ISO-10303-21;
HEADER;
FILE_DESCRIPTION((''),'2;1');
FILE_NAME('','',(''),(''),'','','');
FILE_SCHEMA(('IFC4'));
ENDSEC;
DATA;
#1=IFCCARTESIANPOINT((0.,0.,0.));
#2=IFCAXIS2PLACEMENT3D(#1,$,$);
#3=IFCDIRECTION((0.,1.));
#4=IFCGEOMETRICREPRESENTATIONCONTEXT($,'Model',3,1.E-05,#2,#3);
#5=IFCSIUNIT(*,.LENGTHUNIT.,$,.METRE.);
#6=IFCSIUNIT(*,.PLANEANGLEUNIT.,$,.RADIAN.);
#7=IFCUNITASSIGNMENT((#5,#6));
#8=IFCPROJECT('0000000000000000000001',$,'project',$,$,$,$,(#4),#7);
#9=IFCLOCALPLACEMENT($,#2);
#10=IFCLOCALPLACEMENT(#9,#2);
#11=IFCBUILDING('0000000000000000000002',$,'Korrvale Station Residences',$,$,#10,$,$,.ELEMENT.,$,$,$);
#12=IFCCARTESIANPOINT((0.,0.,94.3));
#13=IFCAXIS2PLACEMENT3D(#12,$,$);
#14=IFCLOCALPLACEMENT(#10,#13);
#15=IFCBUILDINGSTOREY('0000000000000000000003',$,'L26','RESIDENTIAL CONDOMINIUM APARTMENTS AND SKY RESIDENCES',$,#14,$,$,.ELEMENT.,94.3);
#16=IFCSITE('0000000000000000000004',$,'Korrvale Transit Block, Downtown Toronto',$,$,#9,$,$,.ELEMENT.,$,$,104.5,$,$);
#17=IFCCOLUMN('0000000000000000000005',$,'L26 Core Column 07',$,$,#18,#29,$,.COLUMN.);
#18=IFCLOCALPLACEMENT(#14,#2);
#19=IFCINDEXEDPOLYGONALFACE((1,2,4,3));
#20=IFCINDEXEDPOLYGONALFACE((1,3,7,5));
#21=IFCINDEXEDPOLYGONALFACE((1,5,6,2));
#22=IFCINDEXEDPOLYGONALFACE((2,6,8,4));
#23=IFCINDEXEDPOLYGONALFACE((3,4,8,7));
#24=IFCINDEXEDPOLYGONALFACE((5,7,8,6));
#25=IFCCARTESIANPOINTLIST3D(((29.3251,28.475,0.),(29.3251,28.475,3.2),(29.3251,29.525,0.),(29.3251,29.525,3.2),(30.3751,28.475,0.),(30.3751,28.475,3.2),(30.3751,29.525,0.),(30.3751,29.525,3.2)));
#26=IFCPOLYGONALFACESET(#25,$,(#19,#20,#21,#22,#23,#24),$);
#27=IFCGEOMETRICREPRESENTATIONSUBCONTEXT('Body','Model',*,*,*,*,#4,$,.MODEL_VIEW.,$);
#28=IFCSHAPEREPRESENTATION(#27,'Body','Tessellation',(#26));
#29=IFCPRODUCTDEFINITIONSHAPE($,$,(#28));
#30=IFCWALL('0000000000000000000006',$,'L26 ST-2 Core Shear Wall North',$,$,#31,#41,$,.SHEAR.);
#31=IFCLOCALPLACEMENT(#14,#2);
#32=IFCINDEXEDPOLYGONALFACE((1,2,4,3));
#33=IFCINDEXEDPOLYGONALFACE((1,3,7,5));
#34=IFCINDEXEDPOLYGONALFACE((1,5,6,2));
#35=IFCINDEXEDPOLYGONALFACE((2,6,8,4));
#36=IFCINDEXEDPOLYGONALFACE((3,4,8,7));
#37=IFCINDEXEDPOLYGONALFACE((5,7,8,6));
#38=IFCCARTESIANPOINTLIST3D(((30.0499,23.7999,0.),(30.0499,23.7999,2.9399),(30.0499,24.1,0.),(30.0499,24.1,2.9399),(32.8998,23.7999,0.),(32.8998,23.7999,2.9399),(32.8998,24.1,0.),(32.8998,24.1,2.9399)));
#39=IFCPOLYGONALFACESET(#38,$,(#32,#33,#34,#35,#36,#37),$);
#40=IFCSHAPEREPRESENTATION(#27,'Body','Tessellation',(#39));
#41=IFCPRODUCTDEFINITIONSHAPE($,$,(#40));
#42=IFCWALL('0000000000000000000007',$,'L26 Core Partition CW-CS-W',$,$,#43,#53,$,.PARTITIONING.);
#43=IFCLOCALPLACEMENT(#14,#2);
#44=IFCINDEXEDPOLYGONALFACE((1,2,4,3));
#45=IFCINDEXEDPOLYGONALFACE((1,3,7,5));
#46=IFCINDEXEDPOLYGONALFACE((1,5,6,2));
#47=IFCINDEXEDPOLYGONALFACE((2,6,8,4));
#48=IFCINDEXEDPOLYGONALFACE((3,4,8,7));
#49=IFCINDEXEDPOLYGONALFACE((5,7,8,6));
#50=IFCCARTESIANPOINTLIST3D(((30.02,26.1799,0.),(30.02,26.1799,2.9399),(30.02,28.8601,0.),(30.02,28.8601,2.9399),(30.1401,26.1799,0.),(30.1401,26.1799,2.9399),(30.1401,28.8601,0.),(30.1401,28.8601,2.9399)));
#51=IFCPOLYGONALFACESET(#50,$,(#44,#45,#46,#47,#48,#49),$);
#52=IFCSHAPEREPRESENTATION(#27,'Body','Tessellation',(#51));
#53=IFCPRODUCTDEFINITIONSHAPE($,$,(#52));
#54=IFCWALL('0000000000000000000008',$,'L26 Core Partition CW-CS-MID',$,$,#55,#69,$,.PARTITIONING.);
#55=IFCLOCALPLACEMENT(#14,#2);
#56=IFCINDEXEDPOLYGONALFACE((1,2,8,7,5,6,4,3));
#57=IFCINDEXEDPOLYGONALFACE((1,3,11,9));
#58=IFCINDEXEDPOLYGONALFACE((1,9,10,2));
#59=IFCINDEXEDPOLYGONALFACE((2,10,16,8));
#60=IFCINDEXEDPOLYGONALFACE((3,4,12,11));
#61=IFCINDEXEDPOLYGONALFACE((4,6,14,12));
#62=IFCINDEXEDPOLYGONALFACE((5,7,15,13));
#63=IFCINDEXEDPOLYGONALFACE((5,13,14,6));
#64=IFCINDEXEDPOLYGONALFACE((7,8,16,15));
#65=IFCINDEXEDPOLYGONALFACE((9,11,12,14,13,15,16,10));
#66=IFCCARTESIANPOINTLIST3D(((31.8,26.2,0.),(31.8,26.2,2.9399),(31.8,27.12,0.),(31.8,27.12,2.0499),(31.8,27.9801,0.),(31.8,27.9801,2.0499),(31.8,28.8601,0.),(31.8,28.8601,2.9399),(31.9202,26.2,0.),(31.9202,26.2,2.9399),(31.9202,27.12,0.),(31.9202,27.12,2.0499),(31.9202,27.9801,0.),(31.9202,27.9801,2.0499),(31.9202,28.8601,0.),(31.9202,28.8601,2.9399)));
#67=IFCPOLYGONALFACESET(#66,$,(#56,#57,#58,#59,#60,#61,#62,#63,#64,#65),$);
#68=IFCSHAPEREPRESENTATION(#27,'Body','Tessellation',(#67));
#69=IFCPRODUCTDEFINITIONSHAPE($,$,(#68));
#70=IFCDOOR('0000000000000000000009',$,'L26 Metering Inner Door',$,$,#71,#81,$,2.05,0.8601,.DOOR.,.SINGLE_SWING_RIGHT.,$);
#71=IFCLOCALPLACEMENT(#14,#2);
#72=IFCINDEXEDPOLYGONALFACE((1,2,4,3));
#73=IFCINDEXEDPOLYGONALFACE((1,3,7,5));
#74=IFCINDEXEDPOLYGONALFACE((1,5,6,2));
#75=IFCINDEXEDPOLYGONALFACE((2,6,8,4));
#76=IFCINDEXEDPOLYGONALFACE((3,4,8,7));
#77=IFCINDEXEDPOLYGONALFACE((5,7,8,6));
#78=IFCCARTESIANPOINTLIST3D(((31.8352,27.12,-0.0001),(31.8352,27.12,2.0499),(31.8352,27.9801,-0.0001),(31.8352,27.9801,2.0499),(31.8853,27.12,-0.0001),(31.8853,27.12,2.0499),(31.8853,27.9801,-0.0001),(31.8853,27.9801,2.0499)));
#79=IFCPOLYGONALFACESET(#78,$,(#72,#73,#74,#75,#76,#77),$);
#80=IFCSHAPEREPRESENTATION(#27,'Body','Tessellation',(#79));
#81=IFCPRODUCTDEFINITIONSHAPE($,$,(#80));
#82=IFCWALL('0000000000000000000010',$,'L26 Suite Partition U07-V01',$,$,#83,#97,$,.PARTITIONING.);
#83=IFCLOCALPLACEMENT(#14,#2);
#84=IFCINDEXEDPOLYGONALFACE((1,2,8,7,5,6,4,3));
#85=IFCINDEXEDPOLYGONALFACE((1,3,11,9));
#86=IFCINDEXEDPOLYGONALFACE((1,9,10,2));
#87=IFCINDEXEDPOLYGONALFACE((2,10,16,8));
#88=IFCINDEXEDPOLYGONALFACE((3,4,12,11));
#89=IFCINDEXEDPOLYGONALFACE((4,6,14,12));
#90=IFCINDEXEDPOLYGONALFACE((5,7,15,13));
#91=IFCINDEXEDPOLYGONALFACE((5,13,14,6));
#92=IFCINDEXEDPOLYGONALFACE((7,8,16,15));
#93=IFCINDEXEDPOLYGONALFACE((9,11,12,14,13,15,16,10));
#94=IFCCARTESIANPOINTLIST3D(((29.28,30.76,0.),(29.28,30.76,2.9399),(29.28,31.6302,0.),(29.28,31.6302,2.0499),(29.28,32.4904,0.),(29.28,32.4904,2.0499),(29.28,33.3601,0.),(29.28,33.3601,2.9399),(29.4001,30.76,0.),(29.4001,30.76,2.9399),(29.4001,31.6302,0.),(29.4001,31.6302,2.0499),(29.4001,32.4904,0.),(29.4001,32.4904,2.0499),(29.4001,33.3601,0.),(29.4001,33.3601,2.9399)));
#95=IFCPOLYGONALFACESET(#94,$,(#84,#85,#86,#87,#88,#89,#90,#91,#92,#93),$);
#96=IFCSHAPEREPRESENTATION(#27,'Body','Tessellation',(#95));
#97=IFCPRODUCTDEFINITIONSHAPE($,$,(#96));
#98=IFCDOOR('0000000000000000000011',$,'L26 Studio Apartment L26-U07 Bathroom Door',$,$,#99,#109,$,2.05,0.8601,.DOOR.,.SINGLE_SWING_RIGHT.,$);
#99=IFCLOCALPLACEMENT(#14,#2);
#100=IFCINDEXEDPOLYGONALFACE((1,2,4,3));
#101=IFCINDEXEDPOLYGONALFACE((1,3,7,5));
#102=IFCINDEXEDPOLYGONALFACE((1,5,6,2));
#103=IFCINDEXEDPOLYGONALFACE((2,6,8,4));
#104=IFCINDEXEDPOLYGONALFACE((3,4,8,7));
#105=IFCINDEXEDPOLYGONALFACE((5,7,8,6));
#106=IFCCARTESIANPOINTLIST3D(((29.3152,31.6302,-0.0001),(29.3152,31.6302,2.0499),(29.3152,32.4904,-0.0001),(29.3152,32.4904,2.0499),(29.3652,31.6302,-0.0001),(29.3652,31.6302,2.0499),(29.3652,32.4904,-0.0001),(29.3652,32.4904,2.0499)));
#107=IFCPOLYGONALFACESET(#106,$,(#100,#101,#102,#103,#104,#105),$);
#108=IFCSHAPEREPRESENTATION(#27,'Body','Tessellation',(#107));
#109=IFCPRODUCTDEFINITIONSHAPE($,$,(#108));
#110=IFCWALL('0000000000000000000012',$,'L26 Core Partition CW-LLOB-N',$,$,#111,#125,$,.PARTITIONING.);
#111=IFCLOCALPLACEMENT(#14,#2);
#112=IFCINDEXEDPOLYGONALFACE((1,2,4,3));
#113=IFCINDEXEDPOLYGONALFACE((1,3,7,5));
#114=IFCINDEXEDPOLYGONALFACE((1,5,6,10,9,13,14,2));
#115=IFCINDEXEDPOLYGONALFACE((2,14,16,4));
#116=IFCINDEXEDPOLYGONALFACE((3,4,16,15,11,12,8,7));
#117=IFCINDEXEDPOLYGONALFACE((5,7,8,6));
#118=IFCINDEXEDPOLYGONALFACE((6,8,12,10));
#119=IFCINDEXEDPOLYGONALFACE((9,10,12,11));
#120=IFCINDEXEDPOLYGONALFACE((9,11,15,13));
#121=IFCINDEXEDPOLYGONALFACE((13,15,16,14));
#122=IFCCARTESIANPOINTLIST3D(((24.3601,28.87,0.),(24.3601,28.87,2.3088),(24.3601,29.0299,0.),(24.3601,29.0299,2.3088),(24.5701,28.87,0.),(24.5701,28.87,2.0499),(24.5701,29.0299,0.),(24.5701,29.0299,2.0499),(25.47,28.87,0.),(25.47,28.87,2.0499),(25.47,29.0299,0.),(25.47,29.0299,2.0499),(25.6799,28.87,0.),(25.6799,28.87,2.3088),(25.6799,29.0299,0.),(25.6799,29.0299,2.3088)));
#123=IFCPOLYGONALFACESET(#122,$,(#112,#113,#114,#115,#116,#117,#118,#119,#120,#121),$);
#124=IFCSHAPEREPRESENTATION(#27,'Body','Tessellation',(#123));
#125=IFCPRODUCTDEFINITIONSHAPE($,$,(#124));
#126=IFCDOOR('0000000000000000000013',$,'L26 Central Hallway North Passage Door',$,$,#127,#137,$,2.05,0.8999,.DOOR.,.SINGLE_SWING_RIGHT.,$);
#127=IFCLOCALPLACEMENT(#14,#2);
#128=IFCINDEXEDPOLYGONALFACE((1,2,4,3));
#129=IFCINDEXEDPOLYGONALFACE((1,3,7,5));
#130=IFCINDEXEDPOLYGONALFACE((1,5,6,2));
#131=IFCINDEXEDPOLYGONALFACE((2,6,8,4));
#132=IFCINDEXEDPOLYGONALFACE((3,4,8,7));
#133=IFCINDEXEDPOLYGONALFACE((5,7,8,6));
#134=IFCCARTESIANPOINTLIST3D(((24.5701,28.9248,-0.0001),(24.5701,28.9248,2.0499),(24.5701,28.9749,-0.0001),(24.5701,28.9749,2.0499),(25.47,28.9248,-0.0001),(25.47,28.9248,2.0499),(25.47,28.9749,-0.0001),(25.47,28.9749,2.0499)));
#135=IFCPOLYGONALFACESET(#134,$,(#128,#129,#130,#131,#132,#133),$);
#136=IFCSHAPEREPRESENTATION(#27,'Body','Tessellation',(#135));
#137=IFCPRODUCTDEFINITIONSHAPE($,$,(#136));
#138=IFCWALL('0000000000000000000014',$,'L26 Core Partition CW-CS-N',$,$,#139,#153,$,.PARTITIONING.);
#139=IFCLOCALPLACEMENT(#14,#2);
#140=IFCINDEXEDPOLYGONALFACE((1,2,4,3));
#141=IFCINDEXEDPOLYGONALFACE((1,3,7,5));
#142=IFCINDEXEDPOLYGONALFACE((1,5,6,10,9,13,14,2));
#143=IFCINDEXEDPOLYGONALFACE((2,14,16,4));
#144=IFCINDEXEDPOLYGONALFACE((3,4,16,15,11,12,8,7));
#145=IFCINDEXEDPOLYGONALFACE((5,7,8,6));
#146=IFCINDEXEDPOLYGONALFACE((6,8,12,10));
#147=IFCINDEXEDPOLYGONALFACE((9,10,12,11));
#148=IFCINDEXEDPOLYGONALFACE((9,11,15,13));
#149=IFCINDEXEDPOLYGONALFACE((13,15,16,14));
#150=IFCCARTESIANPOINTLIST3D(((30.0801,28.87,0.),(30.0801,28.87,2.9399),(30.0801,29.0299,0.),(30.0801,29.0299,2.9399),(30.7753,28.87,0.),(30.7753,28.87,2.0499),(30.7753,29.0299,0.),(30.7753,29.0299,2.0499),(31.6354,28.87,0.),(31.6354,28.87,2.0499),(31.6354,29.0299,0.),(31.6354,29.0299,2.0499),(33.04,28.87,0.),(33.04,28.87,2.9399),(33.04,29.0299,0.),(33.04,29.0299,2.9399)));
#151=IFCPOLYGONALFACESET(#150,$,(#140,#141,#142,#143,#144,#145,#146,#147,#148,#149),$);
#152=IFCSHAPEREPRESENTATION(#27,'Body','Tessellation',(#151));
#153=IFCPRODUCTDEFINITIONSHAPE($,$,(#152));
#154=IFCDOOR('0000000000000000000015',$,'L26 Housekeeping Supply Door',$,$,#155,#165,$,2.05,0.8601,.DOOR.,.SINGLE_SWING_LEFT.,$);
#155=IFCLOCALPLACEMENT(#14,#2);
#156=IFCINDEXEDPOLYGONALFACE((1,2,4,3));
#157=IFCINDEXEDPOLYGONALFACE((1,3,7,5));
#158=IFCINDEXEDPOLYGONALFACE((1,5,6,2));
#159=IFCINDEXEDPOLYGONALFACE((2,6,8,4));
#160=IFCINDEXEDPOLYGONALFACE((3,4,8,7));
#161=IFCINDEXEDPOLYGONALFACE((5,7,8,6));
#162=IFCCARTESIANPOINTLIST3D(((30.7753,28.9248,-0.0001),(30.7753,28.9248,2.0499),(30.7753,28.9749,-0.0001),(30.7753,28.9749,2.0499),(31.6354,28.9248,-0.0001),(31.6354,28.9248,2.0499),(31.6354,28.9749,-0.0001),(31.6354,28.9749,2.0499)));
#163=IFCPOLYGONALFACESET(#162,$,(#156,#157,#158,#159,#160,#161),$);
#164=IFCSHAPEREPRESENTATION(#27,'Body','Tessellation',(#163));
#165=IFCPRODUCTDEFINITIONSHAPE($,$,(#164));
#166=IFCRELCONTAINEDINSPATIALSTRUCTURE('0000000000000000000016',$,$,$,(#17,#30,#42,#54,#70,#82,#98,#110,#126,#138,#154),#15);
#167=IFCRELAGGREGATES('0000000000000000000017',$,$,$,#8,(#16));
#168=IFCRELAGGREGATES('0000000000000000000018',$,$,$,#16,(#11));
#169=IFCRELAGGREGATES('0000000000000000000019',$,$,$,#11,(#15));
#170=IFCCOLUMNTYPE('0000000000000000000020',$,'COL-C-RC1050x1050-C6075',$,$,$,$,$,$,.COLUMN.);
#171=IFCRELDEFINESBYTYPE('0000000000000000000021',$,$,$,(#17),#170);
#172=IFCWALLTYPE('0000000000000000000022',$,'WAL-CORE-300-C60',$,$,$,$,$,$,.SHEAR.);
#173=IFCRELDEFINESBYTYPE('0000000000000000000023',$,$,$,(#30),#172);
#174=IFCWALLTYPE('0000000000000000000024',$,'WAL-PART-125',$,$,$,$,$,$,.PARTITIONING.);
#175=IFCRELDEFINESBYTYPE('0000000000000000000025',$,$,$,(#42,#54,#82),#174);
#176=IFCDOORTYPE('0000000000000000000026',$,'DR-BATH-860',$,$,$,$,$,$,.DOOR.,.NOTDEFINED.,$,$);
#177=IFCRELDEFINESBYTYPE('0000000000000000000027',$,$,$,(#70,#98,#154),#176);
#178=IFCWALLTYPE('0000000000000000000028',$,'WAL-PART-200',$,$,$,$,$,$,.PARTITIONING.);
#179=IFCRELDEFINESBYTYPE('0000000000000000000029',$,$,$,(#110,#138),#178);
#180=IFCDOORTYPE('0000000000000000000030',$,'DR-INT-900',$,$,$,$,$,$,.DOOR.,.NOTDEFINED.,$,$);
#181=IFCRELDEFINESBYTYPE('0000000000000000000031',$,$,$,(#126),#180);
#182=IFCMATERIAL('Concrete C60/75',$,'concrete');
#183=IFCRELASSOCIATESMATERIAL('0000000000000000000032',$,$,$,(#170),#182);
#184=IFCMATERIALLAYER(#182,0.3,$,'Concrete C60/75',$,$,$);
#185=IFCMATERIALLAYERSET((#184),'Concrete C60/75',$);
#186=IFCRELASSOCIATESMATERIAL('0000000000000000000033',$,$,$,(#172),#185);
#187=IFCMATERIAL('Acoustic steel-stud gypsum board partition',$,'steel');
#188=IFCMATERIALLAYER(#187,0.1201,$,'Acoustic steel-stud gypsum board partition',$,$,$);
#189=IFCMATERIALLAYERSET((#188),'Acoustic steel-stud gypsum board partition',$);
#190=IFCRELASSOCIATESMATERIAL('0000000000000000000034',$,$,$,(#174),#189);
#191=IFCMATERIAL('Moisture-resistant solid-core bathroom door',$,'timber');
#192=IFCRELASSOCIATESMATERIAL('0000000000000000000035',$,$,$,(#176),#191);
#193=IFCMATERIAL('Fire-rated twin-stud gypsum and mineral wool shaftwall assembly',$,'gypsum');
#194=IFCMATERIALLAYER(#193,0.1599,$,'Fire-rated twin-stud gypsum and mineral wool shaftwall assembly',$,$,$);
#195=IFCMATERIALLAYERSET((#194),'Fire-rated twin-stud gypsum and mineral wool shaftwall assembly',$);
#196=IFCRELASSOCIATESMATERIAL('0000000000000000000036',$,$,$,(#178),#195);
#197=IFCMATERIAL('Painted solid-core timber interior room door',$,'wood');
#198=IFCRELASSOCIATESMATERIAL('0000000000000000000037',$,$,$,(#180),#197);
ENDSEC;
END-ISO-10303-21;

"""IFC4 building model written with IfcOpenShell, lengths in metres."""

from ifc_helpers import new_model, si_unit, direction, frame, frame_2d, origin, origin_2d, place, context, subcontext, project, spatial, rectangle, extrude, material, layer, layer_set, material_profile, profile_set, type_object, element, fill, save


model = new_model("IFC4")

# Units and contexts
model_context = context("Model", 3, precision=1e-05, world=origin(), true_north=direction((0.0, 1.0)))
body_context = subcontext(model_context, "Body", "Model", "MODEL_VIEW")
ifc_project = project(units=[si_unit("LENGTHUNIT", "METRE"), si_unit("PLANEANGLEUNIT", "RADIAN")], contexts=[model_context])

# Site, building, storey
site_placement = place(None, origin())
site = spatial("IfcSite", under=ifc_project, at=site_placement, Name="Korrvale Transit Block, Downtown Toronto", CompositionType="ELEMENT", RefElevation=104.5)
building_placement = place(site_placement, origin())
building = spatial("IfcBuilding", under=site, at=building_placement, Name="Korrvale Station Residences", CompositionType="ELEMENT")
storey_placement = place(building_placement, frame((0.0, 0.0, 94.3)))
storey = spatial("IfcBuildingStorey", under=building, at=storey_placement, Name="L26", Description="RESIDENTIAL CONDOMINIUM APARTMENTS AND SKY RESIDENCES", CompositionType="ELEMENT", Elevation=94.3)

# Column
ifc_material_1 = material(Name="Concrete C60/75", Category="concrete")
ifc_material_profile = material_profile(ifc_material_1, rectangle(XDim=1.05, YDim=1.05, at=origin_2d()), Name="RC1050x1050")
ifc_profile_set = profile_set([ifc_material_profile], Name="Concrete C60/75")
column_type = type_object("IfcColumnType", Name="COL-C-RC1050x1050-C6075", PredefinedType="COLUMN", material=ifc_profile_set)
column_placement = place(storey_placement, frame((29.8501, 29.0, 0.0), z_axis=(0.0, 0.0, 1.0), x_axis=(1.0, 0.0, 0.0)))
element("IfcColumn", 1, at=column_placement, inside=storey, type_object=column_type, Name="L26 Core Column 07", PredefinedType="COLUMN", context=body_context, shape_type="SweptSolid", body=[
    extrude(rectangle(XDim=1.05, YDim=1.05, at=origin_2d()), origin(), (0.0, 0.0, 1.0), 3.2),
])

# Walls
ifc_layer_1 = layer(ifc_material_1, 0.3, Name="Concrete C60/75")
ifc_layer_set_1 = layer_set([ifc_layer_1], Name="Concrete C60/75")
wall_type_1 = type_object("IfcWallType", Name="WAL-CORE-300-C60", PredefinedType="SHEAR", material=ifc_layer_set_1)
wall_1_placement = place(storey_placement, frame((30.05, 23.95, 0.0), z_axis=(0.0, 0.0, 1.0), x_axis=(1.0, 0.0, 0.0)))
element("IfcWall", 2, at=wall_1_placement, inside=storey, type_object=wall_type_1, Name="L26 ST-2 Core Shear Wall North", PredefinedType="SHEAR", context=body_context, shape_type="SweptSolid", body=[
    extrude(rectangle(XDim=2.8499, YDim=0.3, at=frame_2d((1.4248, 0.0))), origin(), (0.0, 0.0, 1.0), 2.9399),
])
ifc_material_2 = material(Name="Acoustic steel-stud gypsum board partition", Category="steel")
ifc_layer_2 = layer(ifc_material_2, 0.1201, Name="Acoustic steel-stud gypsum board partition")
ifc_layer_set_2 = layer_set([ifc_layer_2], Name="Acoustic steel-stud gypsum board partition")
wall_type_2 = type_object("IfcWallType", Name="WAL-PART-125", PredefinedType="PARTITIONING", material=ifc_layer_set_2)
wall_2_placement = place(storey_placement, frame((30.0801, 26.1799, 0.0), z_axis=(0.0, 0.0, 1.0), x_axis=(0.0, 1.0, 0.0)))
element("IfcWall", 3, at=wall_2_placement, inside=storey, type_object=wall_type_2, Name="L26 Core Partition CW-CS-W", PredefinedType="PARTITIONING", context=body_context, shape_type="SweptSolid", body=[
    extrude(rectangle(XDim=2.6802, YDim=0.1201, at=frame_2d((1.3401, 0.0))), origin(), (0.0, 0.0, 1.0), 2.9399),
])

# Walls, openings, doors
wall_3_placement = place(storey_placement, frame((31.8601, 26.2, 0.0), z_axis=(0.0, 0.0, 1.0), x_axis=(0.0, 1.0, 0.0)))
wall_3 = element("IfcWall", 4, at=wall_3_placement, inside=storey, type_object=wall_type_2, Name="L26 Core Partition CW-CS-MID", PredefinedType="PARTITIONING", context=body_context, shape_type="SweptSolid", body=[
    extrude(rectangle(XDim=2.6602, YDim=0.1201, at=frame_2d((1.3301, 0.0))), origin(), (0.0, 0.0, 1.0), 2.9399),
])
opening_1_placement = place(wall_3_placement, frame((0.9199, 0.0, 0.0)))
opening_1 = element("IfcOpeningElement", 5, at=opening_1_placement, cuts=wall_3, PredefinedType="OPENING", context=body_context, shape_type="SweptSolid", body=[
    extrude(rectangle(XDim=0.8601, YDim=2.05, at=frame_2d((0.4302, 1.0249))), frame((0.0, 0.0701, 0.0), z_axis=(0.0, -1.0, 0.0), x_axis=(1.0, 0.0, 0.0)), (0.0, 0.0, 1.0), 0.1401),
])
ifc_material_3 = material(Name="Moisture-resistant solid-core bathroom door", Category="timber")
door_type_1 = type_object("IfcDoorType", Name="DR-BATH-860", OperationType="NOTDEFINED", PredefinedType="DOOR", material=ifc_material_3)
door_1_placement = place(opening_1_placement, origin())
door_1 = element("IfcDoor", 6, at=door_1_placement, inside=storey, type_object=door_type_1, Name="L26 Metering Inner Door", OperationType="SINGLE_SWING_RIGHT", OverallHeight=2.05, OverallWidth=0.8601, PredefinedType="DOOR", context=body_context, shape_type="SweptSolid", body=[
    extrude(rectangle(XDim=0.8601, YDim=2.05, at=frame_2d((0.4302, 1.0249))), frame((0.0, 0.0249, 0.0), z_axis=(0.0, -1.0, 0.0), x_axis=(1.0, 0.0, 0.0)), (0.0, 0.0, 1.0), 0.05),
])
fill(opening_1, door_1)
wall_4_placement = place(storey_placement, frame((29.3401, 30.76, 0.0), z_axis=(0.0, 0.0, 1.0), x_axis=(0.0, 1.0, 0.0)))
wall_4 = element("IfcWall", 7, at=wall_4_placement, inside=storey, type_object=wall_type_2, Name="L26 Suite Partition U07-V01", PredefinedType="PARTITIONING", context=body_context, shape_type="SweptSolid", body=[
    extrude(rectangle(XDim=2.6001, YDim=0.1201, at=frame_2d((1.3, 0.0))), origin(), (0.0, 0.0, 1.0), 2.9399),
])
opening_2_placement = place(wall_4_placement, frame((0.8701, 0.0, 0.0)))
opening_2 = element("IfcOpeningElement", 8, at=opening_2_placement, cuts=wall_4, PredefinedType="OPENING", context=body_context, shape_type="SweptSolid", body=[
    extrude(rectangle(XDim=0.8601, YDim=2.05, at=frame_2d((0.4302, 1.0249))), frame((0.0, 0.0701, 0.0), z_axis=(0.0, -1.0, 0.0), x_axis=(1.0, 0.0, 0.0)), (0.0, 0.0, 1.0), 0.1401),
])
door_2_placement = place(opening_2_placement, origin())
door_2 = element("IfcDoor", 9, at=door_2_placement, inside=storey, type_object=door_type_1, Name="L26 Studio Apartment L26-U07 Bathroom Door", OperationType="SINGLE_SWING_RIGHT", OverallHeight=2.05, OverallWidth=0.8601, PredefinedType="DOOR", context=body_context, shape_type="SweptSolid", body=[
    extrude(rectangle(XDim=0.8601, YDim=2.05, at=frame_2d((0.4302, 1.0249))), frame((0.0, 0.0249, 0.0), z_axis=(0.0, -1.0, 0.0), x_axis=(1.0, 0.0, 0.0)), (0.0, 0.0, 1.0), 0.05),
])
fill(opening_2, door_2)
ifc_material_4 = material(Name="Fire-rated twin-stud gypsum and mineral wool shaftwall assembly", Category="gypsum")
ifc_layer_3 = layer(ifc_material_4, 0.1599, Name="Fire-rated twin-stud gypsum and mineral wool shaftwall assembly")
ifc_layer_set_3 = layer_set([ifc_layer_3], Name="Fire-rated twin-stud gypsum and mineral wool shaftwall assembly")
wall_type_3 = type_object("IfcWallType", Name="WAL-PART-200", PredefinedType="PARTITIONING", material=ifc_layer_set_3)
wall_5_placement = place(storey_placement, frame((24.3601, 28.95, 0.0), z_axis=(0.0, 0.0, 1.0), x_axis=(1.0, 0.0, 0.0)))
wall_5 = element("IfcWall", 10, at=wall_5_placement, inside=storey, type_object=wall_type_3, Name="L26 Core Partition CW-LLOB-N", PredefinedType="PARTITIONING", context=body_context, shape_type="SweptSolid", body=[
    extrude(rectangle(XDim=1.3198, YDim=0.1599, at=frame_2d((0.6599, 0.0))), origin(), (0.0, 0.0, 1.0), 2.3088),
])
opening_3_placement = place(wall_5_placement, frame((0.21, 0.0, 0.0)))
opening_3 = element("IfcOpeningElement", 11, at=opening_3_placement, cuts=wall_5, PredefinedType="OPENING", context=body_context, shape_type="SweptSolid", body=[
    extrude(rectangle(XDim=0.8999, YDim=2.05, at=frame_2d((0.45, 1.0249))), frame((0.0, 0.0898, 0.0), z_axis=(0.0, -1.0, 0.0), x_axis=(1.0, 0.0, 0.0)), (0.0, 0.0, 1.0), 0.1799),
])
ifc_material_5 = material(Name="Painted solid-core timber interior room door", Category="wood")
door_type_2 = type_object("IfcDoorType", Name="DR-INT-900", OperationType="NOTDEFINED", PredefinedType="DOOR", material=ifc_material_5)
door_3_placement = place(opening_3_placement, origin())
door_3 = element("IfcDoor", 12, at=door_3_placement, inside=storey, type_object=door_type_2, Name="L26 Central Hallway North Passage Door", OperationType="SINGLE_SWING_RIGHT", OverallHeight=2.05, OverallWidth=0.8999, PredefinedType="DOOR", context=body_context, shape_type="SweptSolid", body=[
    extrude(rectangle(XDim=0.8999, YDim=2.05, at=frame_2d((0.45, 1.0249))), frame((0.0, 0.0249, 0.0), z_axis=(0.0, -1.0, 0.0), x_axis=(1.0, 0.0, 0.0)), (0.0, 0.0, 1.0), 0.05),
])
fill(opening_3, door_3)
wall_6_placement = place(storey_placement, frame((30.0801, 28.95, 0.0), z_axis=(0.0, 0.0, 1.0), x_axis=(1.0, 0.0, 0.0)))
wall_6 = element("IfcWall", 13, at=wall_6_placement, inside=storey, type_object=wall_type_3, Name="L26 Core Partition CW-CS-N", PredefinedType="PARTITIONING", context=body_context, shape_type="SweptSolid", body=[
    extrude(rectangle(XDim=2.96, YDim=0.1599, at=frame_2d((1.48, 0.0))), origin(), (0.0, 0.0, 1.0), 2.9399),
])
opening_4_placement = place(wall_6_placement, frame((0.6951, 0.0, 0.0)))
opening_4 = element("IfcOpeningElement", 14, at=opening_4_placement, cuts=wall_6, PredefinedType="OPENING", context=body_context, shape_type="SweptSolid", body=[
    extrude(rectangle(XDim=0.8601, YDim=2.05, at=frame_2d((0.4302, 1.0249))), frame((0.0, 0.0898, 0.0), z_axis=(0.0, -1.0, 0.0), x_axis=(1.0, 0.0, 0.0)), (0.0, 0.0, 1.0), 0.1799),
])
door_4_placement = place(opening_4_placement, origin())
door_4 = element("IfcDoor", 15, at=door_4_placement, inside=storey, type_object=door_type_1, Name="L26 Housekeeping Supply Door", OperationType="SINGLE_SWING_LEFT", OverallHeight=2.05, OverallWidth=0.8601, PredefinedType="DOOR", context=body_context, shape_type="SweptSolid", body=[
    extrude(rectangle(XDim=0.8601, YDim=2.05, at=frame_2d((0.4302, 1.0249))), frame((0.0, 0.0249, 0.0), z_axis=(0.0, -1.0, 0.0), x_axis=(1.0, 0.0, 0.0)), (0.0, 0.0, 1.0), 0.05),
])
fill(opening_4, door_4)

save(model, "model.ifc")
